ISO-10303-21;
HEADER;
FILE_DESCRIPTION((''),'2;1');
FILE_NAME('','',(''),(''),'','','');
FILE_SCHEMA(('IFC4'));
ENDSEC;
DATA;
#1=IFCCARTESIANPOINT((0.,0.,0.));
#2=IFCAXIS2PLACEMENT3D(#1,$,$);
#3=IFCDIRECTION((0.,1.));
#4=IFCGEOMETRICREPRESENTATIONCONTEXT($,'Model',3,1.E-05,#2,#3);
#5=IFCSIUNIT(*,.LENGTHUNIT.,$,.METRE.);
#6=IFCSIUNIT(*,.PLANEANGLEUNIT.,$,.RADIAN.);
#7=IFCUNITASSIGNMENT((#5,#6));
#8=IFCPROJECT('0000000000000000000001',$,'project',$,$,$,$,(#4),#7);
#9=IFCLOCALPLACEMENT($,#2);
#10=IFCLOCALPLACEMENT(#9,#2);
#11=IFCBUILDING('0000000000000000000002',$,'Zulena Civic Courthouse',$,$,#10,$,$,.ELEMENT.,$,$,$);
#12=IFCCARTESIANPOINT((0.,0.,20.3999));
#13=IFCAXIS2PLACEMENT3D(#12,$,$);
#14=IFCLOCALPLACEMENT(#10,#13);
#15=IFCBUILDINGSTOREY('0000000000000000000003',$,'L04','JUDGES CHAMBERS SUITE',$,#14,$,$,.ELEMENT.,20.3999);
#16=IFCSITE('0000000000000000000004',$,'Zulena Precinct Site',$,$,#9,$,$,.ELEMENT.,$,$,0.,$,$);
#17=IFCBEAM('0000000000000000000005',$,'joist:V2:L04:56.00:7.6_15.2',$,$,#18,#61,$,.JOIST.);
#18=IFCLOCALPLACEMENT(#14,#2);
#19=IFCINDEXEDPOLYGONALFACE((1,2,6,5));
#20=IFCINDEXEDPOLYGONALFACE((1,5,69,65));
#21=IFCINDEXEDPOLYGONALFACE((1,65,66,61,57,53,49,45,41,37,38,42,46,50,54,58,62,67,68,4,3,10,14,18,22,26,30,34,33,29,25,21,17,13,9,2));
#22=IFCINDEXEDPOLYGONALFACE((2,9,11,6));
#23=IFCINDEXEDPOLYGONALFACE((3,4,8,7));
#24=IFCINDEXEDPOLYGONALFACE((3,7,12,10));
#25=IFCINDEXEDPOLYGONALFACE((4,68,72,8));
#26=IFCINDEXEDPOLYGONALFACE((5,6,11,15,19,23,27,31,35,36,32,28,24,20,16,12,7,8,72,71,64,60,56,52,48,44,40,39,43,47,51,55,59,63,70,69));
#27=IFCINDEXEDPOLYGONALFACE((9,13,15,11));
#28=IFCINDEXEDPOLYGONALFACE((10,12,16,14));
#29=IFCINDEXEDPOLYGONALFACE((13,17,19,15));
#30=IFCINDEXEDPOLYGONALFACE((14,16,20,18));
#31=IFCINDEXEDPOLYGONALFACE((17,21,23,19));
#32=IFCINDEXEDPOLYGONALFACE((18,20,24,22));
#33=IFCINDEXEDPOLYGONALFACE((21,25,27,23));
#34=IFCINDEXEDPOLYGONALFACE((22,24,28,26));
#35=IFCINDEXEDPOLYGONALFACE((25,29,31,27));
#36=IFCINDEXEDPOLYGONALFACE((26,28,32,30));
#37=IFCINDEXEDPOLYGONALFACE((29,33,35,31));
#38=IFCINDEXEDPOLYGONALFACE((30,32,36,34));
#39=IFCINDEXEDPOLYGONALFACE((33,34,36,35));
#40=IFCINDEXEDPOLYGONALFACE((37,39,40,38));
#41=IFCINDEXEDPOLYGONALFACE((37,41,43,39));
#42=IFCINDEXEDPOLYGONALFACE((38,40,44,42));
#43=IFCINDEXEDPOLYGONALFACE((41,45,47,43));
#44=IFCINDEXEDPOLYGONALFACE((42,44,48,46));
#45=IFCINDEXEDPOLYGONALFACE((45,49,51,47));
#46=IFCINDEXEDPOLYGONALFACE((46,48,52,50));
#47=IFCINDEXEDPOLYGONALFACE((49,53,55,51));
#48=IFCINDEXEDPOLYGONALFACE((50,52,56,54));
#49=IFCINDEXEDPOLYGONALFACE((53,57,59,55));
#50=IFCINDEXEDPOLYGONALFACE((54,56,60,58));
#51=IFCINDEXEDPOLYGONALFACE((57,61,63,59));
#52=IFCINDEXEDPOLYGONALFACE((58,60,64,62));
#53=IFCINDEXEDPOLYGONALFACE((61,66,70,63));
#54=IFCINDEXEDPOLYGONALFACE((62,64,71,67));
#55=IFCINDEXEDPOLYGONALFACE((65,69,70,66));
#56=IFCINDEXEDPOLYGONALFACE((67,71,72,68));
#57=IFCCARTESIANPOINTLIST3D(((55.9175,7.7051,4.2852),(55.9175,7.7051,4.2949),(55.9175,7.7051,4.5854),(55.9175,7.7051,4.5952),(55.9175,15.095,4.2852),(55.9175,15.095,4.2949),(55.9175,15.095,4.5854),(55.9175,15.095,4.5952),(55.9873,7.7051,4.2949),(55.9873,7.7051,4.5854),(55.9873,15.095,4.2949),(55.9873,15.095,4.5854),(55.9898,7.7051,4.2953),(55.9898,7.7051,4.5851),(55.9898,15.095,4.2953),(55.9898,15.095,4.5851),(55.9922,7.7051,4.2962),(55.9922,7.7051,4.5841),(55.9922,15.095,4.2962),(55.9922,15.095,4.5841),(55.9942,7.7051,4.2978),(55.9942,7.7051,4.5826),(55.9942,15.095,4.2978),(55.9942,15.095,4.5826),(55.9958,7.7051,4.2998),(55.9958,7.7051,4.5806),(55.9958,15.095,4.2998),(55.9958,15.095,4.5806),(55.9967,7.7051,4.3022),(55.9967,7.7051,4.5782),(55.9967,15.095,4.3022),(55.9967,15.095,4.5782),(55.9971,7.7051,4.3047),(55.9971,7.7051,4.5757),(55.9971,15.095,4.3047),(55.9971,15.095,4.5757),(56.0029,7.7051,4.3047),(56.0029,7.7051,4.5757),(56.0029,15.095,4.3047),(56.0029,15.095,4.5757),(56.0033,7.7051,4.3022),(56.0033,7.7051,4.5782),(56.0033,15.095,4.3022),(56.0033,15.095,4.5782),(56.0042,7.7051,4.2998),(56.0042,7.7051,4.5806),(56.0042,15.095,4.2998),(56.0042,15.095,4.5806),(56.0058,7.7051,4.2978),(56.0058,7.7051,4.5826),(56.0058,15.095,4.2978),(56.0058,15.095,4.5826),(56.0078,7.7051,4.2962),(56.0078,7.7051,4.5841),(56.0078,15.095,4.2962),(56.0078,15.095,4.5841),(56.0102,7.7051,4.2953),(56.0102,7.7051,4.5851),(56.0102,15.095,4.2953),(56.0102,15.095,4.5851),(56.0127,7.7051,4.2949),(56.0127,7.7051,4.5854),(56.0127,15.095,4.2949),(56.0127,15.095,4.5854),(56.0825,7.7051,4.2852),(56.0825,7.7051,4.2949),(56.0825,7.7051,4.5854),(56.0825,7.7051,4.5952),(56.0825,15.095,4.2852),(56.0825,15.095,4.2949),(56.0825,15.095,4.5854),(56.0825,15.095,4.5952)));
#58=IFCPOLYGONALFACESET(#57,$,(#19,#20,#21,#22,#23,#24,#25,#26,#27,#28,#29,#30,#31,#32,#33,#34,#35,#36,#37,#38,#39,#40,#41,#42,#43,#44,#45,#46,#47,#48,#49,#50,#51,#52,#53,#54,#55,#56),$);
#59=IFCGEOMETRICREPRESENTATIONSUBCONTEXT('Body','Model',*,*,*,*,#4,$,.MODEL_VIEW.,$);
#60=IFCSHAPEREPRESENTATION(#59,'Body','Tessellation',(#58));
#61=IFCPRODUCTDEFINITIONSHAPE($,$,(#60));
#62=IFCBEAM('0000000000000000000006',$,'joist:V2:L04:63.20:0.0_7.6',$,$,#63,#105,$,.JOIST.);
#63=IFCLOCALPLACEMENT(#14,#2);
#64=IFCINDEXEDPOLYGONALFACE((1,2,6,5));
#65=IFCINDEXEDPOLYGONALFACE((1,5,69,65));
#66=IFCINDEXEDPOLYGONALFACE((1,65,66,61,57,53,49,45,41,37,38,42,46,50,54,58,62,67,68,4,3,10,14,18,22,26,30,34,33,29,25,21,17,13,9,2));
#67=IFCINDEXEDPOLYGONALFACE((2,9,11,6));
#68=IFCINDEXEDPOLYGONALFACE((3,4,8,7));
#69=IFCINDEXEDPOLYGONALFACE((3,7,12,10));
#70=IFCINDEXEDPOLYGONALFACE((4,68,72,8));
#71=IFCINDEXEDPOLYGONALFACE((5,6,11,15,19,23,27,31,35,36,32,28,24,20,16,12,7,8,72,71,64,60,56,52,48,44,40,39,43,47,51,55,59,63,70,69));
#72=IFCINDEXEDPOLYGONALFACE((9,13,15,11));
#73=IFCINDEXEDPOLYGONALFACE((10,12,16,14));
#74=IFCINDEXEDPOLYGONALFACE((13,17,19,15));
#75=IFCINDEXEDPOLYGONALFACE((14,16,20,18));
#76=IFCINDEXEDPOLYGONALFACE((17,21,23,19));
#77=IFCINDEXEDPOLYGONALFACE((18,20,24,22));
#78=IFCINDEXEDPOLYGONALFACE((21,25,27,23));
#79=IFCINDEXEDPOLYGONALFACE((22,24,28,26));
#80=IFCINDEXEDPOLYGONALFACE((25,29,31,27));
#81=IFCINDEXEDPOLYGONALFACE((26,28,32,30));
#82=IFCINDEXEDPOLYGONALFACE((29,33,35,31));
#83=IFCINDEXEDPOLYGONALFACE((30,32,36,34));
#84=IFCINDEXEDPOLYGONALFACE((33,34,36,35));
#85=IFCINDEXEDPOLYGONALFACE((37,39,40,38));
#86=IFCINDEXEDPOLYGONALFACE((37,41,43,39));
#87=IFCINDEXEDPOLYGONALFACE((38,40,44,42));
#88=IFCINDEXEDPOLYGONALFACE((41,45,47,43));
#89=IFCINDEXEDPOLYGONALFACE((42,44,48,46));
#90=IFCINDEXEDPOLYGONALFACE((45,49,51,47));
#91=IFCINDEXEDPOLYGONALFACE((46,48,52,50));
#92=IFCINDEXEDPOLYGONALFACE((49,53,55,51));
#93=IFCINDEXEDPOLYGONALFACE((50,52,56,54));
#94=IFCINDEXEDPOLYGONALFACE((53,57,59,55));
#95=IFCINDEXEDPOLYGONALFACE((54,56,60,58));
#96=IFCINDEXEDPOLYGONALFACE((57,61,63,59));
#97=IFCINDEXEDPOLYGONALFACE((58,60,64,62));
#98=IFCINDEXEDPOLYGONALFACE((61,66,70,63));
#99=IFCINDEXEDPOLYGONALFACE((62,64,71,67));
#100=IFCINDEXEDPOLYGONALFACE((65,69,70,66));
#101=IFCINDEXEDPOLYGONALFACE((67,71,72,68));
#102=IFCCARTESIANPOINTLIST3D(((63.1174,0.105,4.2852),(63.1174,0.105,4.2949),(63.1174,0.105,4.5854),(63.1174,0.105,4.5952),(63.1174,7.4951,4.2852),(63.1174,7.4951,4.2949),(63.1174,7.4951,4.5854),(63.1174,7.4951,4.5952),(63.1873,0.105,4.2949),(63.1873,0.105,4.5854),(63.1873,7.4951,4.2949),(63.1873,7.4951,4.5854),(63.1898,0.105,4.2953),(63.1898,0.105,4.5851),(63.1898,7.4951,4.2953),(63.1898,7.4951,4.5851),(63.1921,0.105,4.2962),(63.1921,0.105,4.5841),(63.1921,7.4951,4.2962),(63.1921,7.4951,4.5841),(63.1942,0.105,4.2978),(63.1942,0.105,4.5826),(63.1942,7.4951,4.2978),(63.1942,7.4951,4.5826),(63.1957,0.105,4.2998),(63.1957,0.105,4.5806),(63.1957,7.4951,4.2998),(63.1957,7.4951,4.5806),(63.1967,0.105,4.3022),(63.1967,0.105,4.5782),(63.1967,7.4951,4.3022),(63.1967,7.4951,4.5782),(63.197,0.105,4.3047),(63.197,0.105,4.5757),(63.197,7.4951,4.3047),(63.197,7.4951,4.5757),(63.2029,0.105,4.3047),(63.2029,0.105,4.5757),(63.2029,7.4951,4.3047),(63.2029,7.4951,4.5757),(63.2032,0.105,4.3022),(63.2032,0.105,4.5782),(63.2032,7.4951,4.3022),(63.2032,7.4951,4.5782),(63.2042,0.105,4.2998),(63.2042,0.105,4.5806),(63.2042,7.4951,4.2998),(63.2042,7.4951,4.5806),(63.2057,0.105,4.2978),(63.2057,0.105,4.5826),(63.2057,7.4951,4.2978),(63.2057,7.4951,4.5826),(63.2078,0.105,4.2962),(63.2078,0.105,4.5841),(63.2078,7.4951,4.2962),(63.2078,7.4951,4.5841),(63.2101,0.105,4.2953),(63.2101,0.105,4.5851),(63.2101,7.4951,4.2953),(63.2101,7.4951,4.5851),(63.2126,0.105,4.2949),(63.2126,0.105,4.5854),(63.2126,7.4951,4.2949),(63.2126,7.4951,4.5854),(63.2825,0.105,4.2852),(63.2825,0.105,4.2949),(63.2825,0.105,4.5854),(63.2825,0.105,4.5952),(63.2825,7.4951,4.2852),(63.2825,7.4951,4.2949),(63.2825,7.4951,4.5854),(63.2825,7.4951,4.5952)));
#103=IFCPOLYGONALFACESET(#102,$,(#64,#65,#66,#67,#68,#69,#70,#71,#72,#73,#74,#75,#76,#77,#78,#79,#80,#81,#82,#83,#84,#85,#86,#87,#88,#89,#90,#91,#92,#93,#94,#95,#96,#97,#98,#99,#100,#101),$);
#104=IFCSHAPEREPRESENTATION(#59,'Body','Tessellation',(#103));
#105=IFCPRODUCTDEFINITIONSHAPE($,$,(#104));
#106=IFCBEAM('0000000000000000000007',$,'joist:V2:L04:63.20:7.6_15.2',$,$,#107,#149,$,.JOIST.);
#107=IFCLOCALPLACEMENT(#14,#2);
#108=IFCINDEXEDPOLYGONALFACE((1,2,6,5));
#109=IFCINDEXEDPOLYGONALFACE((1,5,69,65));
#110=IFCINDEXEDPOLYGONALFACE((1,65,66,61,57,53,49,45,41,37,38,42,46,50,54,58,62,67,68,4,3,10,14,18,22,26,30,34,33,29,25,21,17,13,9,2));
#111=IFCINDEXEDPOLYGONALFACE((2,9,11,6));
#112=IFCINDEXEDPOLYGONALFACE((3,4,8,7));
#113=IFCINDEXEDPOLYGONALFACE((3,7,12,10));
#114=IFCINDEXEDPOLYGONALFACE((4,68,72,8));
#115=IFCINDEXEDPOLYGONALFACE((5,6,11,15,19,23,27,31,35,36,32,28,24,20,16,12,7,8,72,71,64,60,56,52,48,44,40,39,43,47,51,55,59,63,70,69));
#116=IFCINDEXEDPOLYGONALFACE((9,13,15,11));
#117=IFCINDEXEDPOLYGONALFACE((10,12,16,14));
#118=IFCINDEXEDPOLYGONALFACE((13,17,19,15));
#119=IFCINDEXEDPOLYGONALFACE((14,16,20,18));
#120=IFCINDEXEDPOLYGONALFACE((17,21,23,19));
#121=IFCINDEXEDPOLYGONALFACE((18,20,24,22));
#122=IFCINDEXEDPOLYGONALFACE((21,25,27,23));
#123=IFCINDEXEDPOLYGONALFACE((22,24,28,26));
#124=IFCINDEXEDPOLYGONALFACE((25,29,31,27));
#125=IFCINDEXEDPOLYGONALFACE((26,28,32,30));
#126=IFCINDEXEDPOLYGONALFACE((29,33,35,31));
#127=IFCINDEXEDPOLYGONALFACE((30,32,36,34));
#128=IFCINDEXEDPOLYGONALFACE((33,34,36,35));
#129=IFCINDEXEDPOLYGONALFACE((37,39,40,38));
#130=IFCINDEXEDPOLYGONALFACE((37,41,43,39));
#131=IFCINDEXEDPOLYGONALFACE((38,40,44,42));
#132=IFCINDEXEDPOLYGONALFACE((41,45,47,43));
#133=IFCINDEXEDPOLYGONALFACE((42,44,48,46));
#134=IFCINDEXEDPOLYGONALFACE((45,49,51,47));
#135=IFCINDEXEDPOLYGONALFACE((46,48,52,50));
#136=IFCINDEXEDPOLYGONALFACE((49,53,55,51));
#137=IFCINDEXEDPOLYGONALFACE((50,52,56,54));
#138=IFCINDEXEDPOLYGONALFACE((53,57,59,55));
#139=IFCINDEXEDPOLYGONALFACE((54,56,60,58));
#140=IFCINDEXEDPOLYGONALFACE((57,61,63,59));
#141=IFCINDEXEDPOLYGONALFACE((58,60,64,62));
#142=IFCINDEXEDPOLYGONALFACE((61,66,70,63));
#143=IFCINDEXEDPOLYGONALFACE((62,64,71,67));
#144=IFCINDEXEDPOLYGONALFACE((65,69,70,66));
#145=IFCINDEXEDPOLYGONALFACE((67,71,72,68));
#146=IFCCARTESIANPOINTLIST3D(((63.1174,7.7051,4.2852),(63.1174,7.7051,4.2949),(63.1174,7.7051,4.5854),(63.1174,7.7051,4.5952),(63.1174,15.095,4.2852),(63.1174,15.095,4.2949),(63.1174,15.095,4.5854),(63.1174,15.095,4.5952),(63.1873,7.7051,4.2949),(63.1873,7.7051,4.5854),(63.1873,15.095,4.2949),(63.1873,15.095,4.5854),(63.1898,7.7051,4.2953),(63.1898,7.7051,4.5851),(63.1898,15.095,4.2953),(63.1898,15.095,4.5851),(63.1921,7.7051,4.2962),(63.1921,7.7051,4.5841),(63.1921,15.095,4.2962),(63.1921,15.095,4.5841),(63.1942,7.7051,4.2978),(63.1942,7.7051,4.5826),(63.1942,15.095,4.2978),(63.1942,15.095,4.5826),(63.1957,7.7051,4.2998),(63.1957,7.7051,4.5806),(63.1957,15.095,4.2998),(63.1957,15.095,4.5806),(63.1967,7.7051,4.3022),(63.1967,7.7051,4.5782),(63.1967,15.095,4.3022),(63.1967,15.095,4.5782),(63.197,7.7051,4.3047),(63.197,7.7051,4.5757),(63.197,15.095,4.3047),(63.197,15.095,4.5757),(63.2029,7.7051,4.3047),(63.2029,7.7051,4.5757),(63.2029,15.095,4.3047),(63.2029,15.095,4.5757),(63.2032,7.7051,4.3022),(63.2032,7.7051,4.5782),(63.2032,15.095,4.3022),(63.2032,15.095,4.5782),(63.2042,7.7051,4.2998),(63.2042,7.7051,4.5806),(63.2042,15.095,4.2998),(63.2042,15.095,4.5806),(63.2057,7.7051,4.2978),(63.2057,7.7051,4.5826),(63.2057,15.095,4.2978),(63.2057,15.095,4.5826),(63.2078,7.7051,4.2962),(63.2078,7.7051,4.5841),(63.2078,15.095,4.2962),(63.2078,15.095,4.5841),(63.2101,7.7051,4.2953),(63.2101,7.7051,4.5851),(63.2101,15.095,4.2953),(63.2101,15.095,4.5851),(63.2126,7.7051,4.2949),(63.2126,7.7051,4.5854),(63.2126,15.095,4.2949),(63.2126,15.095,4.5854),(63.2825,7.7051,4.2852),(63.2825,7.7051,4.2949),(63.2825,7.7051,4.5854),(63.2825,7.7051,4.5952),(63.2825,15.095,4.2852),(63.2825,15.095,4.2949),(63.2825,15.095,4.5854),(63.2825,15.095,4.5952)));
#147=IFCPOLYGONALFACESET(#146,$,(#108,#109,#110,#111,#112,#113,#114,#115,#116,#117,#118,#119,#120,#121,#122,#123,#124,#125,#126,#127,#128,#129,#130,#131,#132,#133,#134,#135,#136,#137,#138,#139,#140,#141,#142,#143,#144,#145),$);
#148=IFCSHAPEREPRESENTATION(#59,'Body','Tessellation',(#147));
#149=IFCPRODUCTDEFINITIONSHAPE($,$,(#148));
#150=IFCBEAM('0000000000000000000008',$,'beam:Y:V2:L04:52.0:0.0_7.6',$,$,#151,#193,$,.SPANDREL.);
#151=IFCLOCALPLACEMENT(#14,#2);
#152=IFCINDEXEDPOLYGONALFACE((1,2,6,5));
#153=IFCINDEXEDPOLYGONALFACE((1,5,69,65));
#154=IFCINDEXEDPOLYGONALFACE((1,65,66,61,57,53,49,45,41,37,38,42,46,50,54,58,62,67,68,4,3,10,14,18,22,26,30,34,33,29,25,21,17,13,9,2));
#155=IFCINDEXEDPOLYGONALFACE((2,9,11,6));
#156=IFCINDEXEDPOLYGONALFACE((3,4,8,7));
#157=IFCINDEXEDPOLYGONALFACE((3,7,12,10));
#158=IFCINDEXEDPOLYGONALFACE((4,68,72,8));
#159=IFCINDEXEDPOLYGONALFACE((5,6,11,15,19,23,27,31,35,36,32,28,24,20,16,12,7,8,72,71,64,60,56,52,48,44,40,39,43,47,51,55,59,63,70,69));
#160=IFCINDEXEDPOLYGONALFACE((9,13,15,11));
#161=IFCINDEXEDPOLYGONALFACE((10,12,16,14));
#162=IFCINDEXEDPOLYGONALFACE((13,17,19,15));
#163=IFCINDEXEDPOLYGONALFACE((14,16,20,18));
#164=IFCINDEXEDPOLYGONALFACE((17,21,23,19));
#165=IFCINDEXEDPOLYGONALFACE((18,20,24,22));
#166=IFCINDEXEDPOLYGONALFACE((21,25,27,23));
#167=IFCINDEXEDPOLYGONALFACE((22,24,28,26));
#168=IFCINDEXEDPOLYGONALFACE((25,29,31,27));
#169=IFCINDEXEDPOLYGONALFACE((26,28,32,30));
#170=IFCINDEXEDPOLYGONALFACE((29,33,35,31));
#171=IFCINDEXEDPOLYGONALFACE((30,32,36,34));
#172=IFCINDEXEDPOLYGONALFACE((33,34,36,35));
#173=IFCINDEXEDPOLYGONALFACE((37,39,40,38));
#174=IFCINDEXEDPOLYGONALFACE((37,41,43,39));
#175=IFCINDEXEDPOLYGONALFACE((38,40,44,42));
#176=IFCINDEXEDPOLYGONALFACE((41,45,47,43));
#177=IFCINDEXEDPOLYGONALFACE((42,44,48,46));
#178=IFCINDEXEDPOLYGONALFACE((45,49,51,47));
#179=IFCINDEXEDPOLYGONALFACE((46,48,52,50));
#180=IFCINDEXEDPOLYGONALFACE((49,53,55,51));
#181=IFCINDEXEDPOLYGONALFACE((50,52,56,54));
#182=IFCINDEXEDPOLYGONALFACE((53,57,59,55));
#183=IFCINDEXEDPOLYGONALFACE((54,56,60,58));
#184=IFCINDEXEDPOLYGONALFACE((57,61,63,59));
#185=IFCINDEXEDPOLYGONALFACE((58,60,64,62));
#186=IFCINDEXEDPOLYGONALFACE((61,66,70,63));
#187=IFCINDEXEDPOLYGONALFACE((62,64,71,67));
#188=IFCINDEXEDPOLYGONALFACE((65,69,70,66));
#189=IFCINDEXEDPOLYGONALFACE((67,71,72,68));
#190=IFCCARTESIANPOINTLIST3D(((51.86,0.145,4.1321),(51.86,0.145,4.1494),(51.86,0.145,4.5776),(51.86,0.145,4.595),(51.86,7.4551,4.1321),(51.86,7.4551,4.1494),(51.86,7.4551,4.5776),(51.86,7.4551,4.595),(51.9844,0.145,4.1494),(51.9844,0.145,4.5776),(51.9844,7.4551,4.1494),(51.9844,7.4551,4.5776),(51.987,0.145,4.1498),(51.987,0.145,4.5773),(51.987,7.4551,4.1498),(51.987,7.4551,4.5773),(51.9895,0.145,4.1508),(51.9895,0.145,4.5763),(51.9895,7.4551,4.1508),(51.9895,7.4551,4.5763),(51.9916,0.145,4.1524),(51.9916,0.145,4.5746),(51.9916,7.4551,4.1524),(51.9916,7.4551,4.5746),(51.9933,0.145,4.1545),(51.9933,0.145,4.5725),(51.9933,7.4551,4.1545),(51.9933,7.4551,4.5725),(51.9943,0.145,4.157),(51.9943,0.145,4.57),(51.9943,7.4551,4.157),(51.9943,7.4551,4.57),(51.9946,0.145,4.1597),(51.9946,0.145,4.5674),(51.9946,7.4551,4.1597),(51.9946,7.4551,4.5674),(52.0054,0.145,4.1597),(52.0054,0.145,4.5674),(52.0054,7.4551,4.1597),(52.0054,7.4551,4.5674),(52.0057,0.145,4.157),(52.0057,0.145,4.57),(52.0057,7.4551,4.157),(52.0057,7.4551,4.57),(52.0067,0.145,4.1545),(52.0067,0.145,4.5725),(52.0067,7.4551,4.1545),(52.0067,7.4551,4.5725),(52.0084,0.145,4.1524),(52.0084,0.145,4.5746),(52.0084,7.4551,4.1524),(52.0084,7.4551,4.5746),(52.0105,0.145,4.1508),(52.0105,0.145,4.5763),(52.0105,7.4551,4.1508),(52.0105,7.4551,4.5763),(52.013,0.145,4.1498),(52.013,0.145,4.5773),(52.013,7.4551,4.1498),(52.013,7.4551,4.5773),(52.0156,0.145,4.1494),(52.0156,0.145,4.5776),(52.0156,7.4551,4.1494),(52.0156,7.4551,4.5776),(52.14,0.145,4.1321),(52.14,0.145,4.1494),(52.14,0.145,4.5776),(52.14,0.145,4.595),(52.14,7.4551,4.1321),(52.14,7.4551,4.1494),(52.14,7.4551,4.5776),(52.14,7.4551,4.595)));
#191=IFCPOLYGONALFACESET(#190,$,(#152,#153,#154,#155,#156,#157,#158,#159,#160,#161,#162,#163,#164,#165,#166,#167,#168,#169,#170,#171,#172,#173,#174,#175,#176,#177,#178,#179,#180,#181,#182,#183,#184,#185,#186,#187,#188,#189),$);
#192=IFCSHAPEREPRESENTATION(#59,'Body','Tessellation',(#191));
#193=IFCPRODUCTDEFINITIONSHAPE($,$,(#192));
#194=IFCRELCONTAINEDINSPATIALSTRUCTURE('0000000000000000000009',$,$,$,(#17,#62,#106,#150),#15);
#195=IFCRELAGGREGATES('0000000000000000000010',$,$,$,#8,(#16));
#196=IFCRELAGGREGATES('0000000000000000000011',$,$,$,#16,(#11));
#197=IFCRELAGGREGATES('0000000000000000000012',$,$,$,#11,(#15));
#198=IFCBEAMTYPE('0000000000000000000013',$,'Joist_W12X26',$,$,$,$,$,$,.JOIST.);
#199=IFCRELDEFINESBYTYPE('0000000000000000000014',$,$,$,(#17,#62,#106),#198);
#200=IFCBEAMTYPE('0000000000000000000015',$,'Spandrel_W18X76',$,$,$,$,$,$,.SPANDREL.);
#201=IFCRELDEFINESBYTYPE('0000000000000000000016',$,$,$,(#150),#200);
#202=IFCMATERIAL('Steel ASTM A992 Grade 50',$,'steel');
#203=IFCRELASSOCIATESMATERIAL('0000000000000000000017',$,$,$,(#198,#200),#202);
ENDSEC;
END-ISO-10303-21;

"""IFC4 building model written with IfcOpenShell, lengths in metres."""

from ifc_helpers import new_model, si_unit, direction, frame, origin, origin_2d, place, context, subcontext, project, spatial, i_section, extrude, material, material_profile, profile_set, type_object, element, save


model = new_model("IFC4")

# Units and contexts
model_context = context("Model", 3, precision=1e-05, world=origin(), true_north=direction((0.0, 1.0)))
body_context = subcontext(model_context, "Body", "Model", "MODEL_VIEW")
ifc_project = project(units=[si_unit("LENGTHUNIT", "METRE"), si_unit("PLANEANGLEUNIT", "RADIAN")], contexts=[model_context])

# Site, building, storey
site_placement = place(None, origin())
site = spatial("IfcSite", under=ifc_project, at=site_placement, Name="Zulena Precinct Site", CompositionType="ELEMENT", RefElevation=0.0)
building_placement = place(site_placement, origin())
building = spatial("IfcBuilding", under=site, at=building_placement, Name="Zulena Civic Courthouse", CompositionType="ELEMENT")
storey_placement = place(building_placement, frame((0.0, 0.0, 20.3999)))
storey = spatial("IfcBuildingStorey", under=building, at=storey_placement, Name="L04", Description="JUDGES CHAMBERS SUITE", CompositionType="ELEMENT", Elevation=20.3999)

# Shared definitions
ifc_material_1 = material(Name="Steel ASTM A992 Grade 50", Category="steel")

# Beams
ifc_material_profile_1 = material_profile(ifc_material_1, i_section(OverallWidth=0.165, OverallDepth=0.3101, WebThickness=0.0059, FlangeThickness=0.0098, FilletRadius=0.0098, at=origin_2d()), Name="W12X26")
ifc_profile_set_1 = profile_set([ifc_material_profile_1], Name="Steel ASTM A992 Grade 50")
beam_type_1 = type_object("IfcBeamType", Name="Joist_W12X26", PredefinedType="JOIST", material=ifc_profile_set_1)
beam_1_placement = place(storey_placement, frame((56.0, 7.7051, 4.4402), z_axis=(0.0, 1.0, 0.0), x_axis=(-1.0, 0.0, 0.0)))
element("IfcBeam", 1, at=beam_1_placement, inside=storey, type_object=beam_type_1, Name="joist:V2:L04:56.00:7.6_15.2", PredefinedType="JOIST", context=body_context, shape_type="SweptSolid", body=[
    extrude(i_section(OverallWidth=0.165, OverallDepth=0.3101, WebThickness=0.0059, FlangeThickness=0.0098, FilletRadius=0.0098, at=origin_2d()), origin(), (0.0, 0.0, 1.0), 7.3899),
])
beam_2_placement = place(storey_placement, frame((63.2, 0.105, 4.4402), z_axis=(0.0, 1.0, 0.0), x_axis=(-1.0, 0.0, 0.0)))
element("IfcBeam", 2, at=beam_2_placement, inside=storey, type_object=beam_type_1, Name="joist:V2:L04:63.20:0.0_7.6", PredefinedType="JOIST", context=body_context, shape_type="SweptSolid", body=[
    extrude(i_section(OverallWidth=0.165, OverallDepth=0.3101, WebThickness=0.0059, FlangeThickness=0.0098, FilletRadius=0.0098, at=origin_2d()), origin(), (0.0, 0.0, 1.0), 7.3901),
])
beam_3_placement = place(storey_placement, frame((63.2, 7.7051, 4.4402), z_axis=(0.0, 1.0, 0.0), x_axis=(-1.0, 0.0, 0.0)))
element("IfcBeam", 3, at=beam_3_placement, inside=storey, type_object=beam_type_1, Name="joist:V2:L04:63.20:7.6_15.2", PredefinedType="JOIST", context=body_context, shape_type="SweptSolid", body=[
    extrude(i_section(OverallWidth=0.165, OverallDepth=0.3101, WebThickness=0.0059, FlangeThickness=0.0098, FilletRadius=0.0098, at=origin_2d()), origin(), (0.0, 0.0, 1.0), 7.3899),
])
ifc_material_profile_2 = material_profile(ifc_material_1, i_section(OverallWidth=0.28, OverallDepth=0.4629, WebThickness=0.0107, FlangeThickness=0.0173, FilletRadius=0.0103, at=origin_2d()), Name="W18X76")
ifc_profile_set_2 = profile_set([ifc_material_profile_2], Name="Steel ASTM A992 Grade 50")
beam_type_2 = type_object("IfcBeamType", Name="Spandrel_W18X76", PredefinedType="SPANDREL", material=ifc_profile_set_2)
for number, where, z_axis, x_axis, name in (
    (4, (52.0, 0.145, 4.3635), (0.0, 1.0, 0.0), (-1.0, 0.0, 0.0), "beam:Y:V2:L04:52.0:0.0_7.6"),
):
    element("IfcBeam", number, at=place(storey_placement, frame(where, z_axis=z_axis, x_axis=x_axis)), inside=storey, type_object=beam_type_2, Name=name, PredefinedType="SPANDREL", context=body_context, shape_type="SweptSolid", body=[
        extrude(i_section(OverallWidth=0.28, OverallDepth=0.4629, WebThickness=0.0107, FlangeThickness=0.0173, FilletRadius=0.0103, at=origin_2d()), origin(), (0.0, 0.0, 1.0), 7.3101),
    ])

save(model, "model.ifc")
